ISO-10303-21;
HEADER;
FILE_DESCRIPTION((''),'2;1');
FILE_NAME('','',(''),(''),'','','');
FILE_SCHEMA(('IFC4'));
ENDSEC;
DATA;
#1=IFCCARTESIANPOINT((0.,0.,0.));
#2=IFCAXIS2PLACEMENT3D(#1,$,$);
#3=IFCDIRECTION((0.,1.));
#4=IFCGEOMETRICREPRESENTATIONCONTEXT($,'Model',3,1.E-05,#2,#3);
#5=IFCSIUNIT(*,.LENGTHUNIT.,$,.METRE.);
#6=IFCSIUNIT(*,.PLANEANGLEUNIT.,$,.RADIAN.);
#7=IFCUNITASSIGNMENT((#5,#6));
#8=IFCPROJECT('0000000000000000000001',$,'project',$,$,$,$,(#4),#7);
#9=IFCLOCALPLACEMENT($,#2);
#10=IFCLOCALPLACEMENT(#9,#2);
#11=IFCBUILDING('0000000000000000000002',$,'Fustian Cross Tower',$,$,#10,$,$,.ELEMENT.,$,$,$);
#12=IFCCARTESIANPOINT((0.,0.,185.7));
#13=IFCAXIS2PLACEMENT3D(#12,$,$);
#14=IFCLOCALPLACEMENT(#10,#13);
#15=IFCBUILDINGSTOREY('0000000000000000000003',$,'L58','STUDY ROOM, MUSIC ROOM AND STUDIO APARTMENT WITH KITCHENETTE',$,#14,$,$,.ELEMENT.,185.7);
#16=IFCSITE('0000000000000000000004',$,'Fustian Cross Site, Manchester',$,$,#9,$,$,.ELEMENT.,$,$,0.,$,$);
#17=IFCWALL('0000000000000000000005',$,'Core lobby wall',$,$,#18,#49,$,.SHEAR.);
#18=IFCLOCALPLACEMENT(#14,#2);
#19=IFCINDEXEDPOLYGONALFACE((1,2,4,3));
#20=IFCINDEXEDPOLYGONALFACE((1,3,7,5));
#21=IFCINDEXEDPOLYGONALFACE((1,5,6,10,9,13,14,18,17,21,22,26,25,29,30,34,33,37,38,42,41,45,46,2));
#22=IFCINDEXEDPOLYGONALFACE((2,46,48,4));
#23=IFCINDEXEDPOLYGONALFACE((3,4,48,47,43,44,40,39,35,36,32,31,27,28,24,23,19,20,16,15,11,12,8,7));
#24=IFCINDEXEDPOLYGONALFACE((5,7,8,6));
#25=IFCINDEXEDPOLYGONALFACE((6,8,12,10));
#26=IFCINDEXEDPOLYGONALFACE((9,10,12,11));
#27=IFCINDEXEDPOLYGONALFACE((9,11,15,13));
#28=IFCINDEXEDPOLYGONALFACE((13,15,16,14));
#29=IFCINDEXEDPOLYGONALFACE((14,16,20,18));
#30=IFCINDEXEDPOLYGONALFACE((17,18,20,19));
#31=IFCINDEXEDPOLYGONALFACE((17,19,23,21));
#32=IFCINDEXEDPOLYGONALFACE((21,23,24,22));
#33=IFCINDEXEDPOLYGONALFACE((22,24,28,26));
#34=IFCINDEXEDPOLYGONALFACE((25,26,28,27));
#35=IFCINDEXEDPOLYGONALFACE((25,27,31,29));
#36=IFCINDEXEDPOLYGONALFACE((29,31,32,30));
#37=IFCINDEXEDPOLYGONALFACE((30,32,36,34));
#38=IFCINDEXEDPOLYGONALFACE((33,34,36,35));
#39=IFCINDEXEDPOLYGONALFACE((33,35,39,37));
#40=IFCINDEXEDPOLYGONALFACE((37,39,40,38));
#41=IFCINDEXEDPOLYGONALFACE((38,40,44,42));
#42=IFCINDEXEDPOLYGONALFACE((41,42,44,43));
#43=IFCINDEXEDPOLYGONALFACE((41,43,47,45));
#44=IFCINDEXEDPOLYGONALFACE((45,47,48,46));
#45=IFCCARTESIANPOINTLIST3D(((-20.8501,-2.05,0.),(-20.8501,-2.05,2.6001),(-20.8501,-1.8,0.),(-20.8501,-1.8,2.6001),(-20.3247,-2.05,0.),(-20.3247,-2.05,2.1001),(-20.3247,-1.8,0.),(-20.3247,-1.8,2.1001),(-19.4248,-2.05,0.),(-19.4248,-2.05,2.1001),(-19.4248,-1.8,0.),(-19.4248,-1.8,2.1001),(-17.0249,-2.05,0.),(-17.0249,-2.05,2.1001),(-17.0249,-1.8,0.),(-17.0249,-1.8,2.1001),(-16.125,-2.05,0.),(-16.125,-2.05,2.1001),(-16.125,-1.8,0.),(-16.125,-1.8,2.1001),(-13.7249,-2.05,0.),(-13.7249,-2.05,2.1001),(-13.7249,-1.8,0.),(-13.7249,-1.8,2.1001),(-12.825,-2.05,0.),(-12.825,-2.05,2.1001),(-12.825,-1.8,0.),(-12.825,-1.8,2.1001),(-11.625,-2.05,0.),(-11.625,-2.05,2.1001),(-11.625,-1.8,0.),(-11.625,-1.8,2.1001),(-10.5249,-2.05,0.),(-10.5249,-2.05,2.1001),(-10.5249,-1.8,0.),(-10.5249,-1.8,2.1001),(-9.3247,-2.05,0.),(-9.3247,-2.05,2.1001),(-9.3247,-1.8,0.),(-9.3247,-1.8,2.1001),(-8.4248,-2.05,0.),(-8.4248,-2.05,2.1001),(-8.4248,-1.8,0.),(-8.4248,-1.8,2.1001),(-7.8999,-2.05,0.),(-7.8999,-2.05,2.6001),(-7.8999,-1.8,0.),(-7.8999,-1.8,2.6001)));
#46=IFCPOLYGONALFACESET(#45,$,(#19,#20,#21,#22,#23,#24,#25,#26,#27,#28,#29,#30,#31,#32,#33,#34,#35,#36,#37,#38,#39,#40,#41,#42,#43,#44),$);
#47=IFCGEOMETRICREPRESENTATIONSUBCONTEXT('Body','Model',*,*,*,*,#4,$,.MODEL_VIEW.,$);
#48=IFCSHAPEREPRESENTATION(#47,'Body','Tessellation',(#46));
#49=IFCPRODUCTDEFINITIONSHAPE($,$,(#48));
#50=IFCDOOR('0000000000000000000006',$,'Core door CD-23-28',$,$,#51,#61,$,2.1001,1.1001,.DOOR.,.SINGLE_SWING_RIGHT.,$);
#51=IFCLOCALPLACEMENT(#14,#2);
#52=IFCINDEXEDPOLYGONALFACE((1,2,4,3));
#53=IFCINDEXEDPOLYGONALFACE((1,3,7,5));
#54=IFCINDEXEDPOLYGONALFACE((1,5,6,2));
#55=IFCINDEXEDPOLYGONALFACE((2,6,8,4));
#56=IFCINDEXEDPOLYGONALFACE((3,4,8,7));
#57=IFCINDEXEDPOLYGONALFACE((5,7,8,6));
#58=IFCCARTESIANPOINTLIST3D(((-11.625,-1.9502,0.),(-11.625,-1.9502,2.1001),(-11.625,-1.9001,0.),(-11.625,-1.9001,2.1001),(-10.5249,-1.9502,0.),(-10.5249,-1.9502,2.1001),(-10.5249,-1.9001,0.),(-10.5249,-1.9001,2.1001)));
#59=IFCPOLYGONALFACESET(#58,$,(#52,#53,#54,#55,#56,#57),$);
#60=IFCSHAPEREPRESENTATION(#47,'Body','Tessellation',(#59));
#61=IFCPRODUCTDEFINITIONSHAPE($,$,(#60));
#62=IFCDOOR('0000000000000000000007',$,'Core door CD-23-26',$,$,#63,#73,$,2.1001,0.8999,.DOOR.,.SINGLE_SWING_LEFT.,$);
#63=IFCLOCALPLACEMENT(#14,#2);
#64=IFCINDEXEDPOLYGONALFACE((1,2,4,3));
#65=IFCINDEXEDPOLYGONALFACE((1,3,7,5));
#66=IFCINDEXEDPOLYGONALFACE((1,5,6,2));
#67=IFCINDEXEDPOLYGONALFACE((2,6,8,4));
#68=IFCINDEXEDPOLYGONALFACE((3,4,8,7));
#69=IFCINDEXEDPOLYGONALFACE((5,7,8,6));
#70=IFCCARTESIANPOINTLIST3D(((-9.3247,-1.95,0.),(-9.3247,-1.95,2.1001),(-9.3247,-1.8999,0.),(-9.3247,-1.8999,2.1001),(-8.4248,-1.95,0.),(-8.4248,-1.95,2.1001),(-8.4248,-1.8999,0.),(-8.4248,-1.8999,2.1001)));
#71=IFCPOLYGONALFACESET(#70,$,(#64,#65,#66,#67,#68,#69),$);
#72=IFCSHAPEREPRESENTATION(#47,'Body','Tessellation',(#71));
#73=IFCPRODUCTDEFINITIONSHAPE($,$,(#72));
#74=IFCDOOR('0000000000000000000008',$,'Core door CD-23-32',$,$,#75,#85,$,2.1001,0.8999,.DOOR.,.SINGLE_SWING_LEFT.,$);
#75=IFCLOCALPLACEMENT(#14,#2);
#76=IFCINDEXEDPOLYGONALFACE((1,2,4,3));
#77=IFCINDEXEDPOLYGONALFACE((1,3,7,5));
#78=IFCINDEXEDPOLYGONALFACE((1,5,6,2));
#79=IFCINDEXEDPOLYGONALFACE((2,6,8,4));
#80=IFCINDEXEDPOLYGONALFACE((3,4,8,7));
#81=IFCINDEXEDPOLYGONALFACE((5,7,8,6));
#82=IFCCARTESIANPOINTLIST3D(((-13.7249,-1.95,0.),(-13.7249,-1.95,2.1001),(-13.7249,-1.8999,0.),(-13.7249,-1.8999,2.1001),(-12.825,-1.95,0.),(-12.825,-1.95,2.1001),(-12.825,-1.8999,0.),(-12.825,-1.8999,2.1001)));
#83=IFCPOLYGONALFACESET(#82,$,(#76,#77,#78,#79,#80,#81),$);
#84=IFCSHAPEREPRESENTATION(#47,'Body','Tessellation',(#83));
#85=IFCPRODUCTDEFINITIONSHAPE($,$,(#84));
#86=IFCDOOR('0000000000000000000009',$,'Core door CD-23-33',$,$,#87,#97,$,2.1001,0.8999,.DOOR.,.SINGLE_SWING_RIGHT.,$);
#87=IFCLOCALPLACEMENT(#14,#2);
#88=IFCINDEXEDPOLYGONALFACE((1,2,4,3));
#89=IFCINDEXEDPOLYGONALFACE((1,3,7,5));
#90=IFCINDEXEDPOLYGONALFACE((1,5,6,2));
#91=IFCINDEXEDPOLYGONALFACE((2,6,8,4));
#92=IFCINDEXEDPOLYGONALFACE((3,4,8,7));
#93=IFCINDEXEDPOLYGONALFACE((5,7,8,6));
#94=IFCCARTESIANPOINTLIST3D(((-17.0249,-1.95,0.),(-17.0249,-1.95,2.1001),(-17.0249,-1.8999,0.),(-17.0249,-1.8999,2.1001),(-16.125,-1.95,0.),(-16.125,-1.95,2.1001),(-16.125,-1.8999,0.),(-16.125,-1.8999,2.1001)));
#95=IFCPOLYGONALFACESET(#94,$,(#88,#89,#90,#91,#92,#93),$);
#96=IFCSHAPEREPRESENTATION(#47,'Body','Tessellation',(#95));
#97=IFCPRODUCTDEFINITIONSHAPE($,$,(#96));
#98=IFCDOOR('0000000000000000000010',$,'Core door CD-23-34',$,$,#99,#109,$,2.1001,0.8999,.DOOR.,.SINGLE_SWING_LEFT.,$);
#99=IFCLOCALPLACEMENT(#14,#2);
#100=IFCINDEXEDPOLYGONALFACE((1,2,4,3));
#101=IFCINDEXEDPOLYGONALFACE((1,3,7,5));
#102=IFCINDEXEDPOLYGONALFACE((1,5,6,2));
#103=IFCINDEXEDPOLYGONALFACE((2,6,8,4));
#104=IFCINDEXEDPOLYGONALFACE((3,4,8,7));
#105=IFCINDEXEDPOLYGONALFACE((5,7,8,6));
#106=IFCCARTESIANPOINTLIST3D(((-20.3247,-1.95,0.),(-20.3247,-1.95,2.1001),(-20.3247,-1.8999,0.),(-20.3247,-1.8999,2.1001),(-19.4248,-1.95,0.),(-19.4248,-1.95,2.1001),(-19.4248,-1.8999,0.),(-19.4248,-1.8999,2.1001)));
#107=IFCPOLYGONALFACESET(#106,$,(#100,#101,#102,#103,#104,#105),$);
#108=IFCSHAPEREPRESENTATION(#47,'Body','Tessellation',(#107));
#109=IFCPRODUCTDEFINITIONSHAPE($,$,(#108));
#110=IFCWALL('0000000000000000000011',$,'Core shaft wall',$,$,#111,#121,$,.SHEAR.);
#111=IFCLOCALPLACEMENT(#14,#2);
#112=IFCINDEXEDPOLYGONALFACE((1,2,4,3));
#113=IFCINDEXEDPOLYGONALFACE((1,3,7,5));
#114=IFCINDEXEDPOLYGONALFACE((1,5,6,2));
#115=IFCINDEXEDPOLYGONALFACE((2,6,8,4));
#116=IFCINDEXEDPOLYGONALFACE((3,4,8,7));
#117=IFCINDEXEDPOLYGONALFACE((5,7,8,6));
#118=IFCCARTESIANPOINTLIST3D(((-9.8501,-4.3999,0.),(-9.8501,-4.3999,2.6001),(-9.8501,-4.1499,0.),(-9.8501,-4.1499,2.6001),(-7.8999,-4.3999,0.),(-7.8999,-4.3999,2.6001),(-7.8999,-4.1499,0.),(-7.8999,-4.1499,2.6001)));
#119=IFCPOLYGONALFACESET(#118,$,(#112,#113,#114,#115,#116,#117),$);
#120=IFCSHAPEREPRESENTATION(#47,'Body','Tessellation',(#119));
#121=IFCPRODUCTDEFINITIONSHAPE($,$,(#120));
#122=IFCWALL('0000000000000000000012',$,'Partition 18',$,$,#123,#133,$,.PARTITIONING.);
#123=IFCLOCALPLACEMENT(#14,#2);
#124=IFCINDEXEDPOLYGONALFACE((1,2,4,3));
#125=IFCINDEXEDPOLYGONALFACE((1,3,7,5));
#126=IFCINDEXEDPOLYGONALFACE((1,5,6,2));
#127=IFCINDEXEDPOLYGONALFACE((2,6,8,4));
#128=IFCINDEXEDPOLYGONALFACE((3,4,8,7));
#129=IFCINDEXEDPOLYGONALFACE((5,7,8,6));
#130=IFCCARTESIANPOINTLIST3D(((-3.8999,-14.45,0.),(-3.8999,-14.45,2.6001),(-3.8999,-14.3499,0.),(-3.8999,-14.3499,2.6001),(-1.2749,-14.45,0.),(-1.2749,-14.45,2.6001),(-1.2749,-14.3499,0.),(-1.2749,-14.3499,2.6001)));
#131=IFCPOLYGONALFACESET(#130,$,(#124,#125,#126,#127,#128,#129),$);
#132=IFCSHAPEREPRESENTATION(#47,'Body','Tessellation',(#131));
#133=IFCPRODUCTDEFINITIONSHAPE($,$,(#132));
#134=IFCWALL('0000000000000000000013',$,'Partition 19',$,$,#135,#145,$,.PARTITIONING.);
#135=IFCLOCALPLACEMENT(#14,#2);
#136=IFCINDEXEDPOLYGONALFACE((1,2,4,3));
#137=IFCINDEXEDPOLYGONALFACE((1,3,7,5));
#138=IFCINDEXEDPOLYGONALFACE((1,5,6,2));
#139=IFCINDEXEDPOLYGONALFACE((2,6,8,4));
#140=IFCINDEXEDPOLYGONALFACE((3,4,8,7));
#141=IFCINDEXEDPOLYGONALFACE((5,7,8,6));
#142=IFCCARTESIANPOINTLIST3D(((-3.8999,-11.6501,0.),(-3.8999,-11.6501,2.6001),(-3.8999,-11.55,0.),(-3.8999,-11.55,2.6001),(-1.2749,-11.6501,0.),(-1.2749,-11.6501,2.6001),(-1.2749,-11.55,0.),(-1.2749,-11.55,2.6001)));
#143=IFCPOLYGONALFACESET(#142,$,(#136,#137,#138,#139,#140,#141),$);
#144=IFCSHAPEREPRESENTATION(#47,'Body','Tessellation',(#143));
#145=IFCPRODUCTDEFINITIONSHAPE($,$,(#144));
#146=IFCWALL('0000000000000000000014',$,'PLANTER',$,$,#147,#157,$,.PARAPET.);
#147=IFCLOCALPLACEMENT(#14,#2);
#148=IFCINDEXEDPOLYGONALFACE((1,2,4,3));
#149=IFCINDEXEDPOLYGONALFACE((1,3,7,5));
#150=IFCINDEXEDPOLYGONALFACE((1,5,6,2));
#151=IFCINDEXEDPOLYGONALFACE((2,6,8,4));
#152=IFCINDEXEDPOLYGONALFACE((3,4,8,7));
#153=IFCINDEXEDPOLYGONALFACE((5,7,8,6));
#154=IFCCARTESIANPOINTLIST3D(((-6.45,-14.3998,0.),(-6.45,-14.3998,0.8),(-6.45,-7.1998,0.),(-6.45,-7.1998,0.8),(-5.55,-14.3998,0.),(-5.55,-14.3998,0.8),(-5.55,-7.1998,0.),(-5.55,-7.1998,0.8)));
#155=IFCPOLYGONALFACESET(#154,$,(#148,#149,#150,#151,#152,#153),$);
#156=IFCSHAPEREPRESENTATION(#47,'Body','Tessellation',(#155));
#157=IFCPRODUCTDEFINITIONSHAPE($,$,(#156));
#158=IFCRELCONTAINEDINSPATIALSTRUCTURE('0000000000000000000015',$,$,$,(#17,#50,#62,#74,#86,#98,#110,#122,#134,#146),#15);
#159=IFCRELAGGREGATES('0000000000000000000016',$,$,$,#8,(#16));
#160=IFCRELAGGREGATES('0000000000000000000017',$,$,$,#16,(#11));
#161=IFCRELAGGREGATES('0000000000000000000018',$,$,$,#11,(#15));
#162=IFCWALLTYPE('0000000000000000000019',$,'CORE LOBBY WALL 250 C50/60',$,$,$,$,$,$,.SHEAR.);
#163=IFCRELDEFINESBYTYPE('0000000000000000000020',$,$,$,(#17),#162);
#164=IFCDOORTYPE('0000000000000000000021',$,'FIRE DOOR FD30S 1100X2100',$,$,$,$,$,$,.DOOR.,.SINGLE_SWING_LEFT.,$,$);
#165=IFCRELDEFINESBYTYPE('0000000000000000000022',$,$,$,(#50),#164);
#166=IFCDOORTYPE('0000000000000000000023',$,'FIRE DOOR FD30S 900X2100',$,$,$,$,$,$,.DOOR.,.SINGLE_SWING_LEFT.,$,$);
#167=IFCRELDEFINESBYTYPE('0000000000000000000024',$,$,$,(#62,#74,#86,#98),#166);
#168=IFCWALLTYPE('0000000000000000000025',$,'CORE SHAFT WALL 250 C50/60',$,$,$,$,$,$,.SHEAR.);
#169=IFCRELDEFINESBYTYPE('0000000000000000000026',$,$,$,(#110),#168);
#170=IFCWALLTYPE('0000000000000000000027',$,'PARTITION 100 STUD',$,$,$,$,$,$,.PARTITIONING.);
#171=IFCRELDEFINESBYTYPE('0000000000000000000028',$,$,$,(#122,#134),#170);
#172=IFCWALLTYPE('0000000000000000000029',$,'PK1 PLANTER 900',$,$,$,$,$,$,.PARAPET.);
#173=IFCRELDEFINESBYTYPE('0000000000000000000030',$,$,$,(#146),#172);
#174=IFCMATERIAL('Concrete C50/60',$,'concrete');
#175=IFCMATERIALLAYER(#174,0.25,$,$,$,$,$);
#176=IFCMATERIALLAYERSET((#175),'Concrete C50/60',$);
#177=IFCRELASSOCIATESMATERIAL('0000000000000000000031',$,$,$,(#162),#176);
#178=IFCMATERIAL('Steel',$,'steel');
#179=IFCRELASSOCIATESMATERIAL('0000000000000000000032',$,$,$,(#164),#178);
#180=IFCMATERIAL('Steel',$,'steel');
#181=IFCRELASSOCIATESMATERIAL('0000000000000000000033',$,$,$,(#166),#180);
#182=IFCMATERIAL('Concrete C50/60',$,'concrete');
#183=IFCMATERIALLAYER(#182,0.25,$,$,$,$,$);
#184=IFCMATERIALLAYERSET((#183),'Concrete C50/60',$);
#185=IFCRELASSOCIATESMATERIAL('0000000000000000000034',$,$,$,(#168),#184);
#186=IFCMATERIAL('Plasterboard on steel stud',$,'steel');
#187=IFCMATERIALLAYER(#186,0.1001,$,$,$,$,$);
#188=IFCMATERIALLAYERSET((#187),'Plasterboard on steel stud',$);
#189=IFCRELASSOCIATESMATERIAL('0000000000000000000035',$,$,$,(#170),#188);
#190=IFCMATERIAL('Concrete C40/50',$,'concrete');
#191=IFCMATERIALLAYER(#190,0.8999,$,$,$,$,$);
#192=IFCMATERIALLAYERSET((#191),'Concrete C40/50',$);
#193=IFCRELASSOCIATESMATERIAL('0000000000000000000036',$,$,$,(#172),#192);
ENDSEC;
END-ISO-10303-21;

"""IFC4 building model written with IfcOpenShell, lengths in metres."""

from ifc_helpers import new_model, si_unit, direction, frame, frame_2d, origin, place, context, subcontext, project, spatial, rectangle, extrude, material, layer, layer_set, type_object, element, fill, save


model = new_model("IFC4")

# Units and contexts
model_context = context("Model", 3, precision=1e-05, world=origin(), true_north=direction((0.0, 1.0)))
body_context = subcontext(model_context, "Body", "Model", "MODEL_VIEW")
ifc_project = project(units=[si_unit("LENGTHUNIT", "METRE"), si_unit("PLANEANGLEUNIT", "RADIAN")], contexts=[model_context])

# Site, building, storey
site_placement = place(None, origin())
site = spatial("IfcSite", under=ifc_project, at=site_placement, Name="Fustian Cross Site, Manchester", CompositionType="ELEMENT", RefElevation=0.0)
building_placement = place(site_placement, origin())
building = spatial("IfcBuilding", under=site, at=building_placement, Name="Fustian Cross Tower", CompositionType="ELEMENT")
storey_placement = place(building_placement, frame((0.0, 0.0, 185.7)))
storey = spatial("IfcBuildingStorey", under=building, at=storey_placement, Name="L58", Description="STUDY ROOM, MUSIC ROOM AND STUDIO APARTMENT WITH KITCHENETTE", CompositionType="ELEMENT", Elevation=185.7)

# Wall, openings, doors
ifc_material_1 = material(Name="Concrete C50/60", Category="concrete")
ifc_layer_1 = layer(ifc_material_1, 0.25)
ifc_layer_set_1 = layer_set([ifc_layer_1], Name="Concrete C50/60")
wall_type_1 = type_object("IfcWallType", Name="CORE LOBBY WALL 250 C50/60", PredefinedType="SHEAR", material=ifc_layer_set_1)
wall_1_placement = place(storey_placement, frame((-7.8999, -1.925, 0.0), z_axis=(0.0, 0.0, 1.0), x_axis=(-1.0, 0.0, 0.0)))
wall_1 = element("IfcWall", 1, at=wall_1_placement, inside=storey, type_object=wall_type_1, Name="Core lobby wall", PredefinedType="SHEAR", context=body_context, shape_type="SweptSolid", body=[
    extrude(rectangle(XDim=12.9502, YDim=0.25, at=frame_2d((6.4751, 0.0))), origin(), (0.0, 0.0, 1.0), 2.6001),
])
opening_1_placement = place(wall_1_placement, frame((0.5249, 0.0, 0.0)))
opening_1 = element("IfcOpeningElement", 2, at=opening_1_placement, cuts=wall_1, PredefinedType="OPENING", context=body_context, shape_type="SweptSolid", body=[
    extrude(rectangle(XDim=0.8999, YDim=2.1001, at=frame_2d((0.45, 1.05))), frame((0.0, 0.135, 0.0), z_axis=(0.0, -1.0, 0.0), x_axis=(1.0, 0.0, 0.0)), (0.0, 0.0, 1.0), 0.27),
])
opening_2_placement = place(wall_1_placement, frame((2.625, 0.0, 0.0)))
opening_2 = element("IfcOpeningElement", 3, at=opening_2_placement, cuts=wall_1, PredefinedType="OPENING", context=body_context, shape_type="SweptSolid", body=[
    extrude(rectangle(XDim=1.1001, YDim=2.1001, at=frame_2d((0.55, 1.05))), frame((0.0, 0.135, 0.0), z_axis=(0.0, -1.0, 0.0), x_axis=(1.0, 0.0, 0.0)), (0.0, 0.0, 1.0), 0.27),
])
opening_3_placement = place(wall_1_placement, frame((4.925, 0.0, 0.0)))
opening_3 = element("IfcOpeningElement", 4, at=opening_3_placement, cuts=wall_1, PredefinedType="OPENING", context=body_context, shape_type="SweptSolid", body=[
    extrude(rectangle(XDim=0.8999, YDim=2.1001, at=frame_2d((0.45, 1.05))), frame((0.0, 0.135, 0.0), z_axis=(0.0, -1.0, 0.0), x_axis=(1.0, 0.0, 0.0)), (0.0, 0.0, 1.0), 0.27),
])
opening_4_placement = place(wall_1_placement, frame((8.2251, 0.0, 0.0)))
opening_4 = element("IfcOpeningElement", 5, at=opening_4_placement, cuts=wall_1, PredefinedType="OPENING", context=body_context, shape_type="SweptSolid", body=[
    extrude(rectangle(XDim=0.8999, YDim=2.1001, at=frame_2d((0.45, 1.05))), frame((0.0, 0.135, 0.0), z_axis=(0.0, -1.0, 0.0), x_axis=(1.0, 0.0, 0.0)), (0.0, 0.0, 1.0), 0.27),
])
opening_5_placement = place(wall_1_placement, frame((11.5249, 0.0, 0.0)))
opening_5 = element("IfcOpeningElement", 6, at=opening_5_placement, cuts=wall_1, PredefinedType="OPENING", context=body_context, shape_type="SweptSolid", body=[
    extrude(rectangle(XDim=0.8999, YDim=2.1001, at=frame_2d((0.45, 1.05))), frame((0.0, 0.135, 0.0), z_axis=(0.0, -1.0, 0.0), x_axis=(1.0, 0.0, 0.0)), (0.0, 0.0, 1.0), 0.27),
])
ifc_material_2 = material(Name="Steel", Category="steel")
door_type_1 = type_object("IfcDoorType", Name="FIRE DOOR FD30S 1100X2100", OperationType="SINGLE_SWING_LEFT", PredefinedType="DOOR", material=ifc_material_2)
door_1_placement = place(opening_2_placement, frame((1.1001, 0.0, 0.0), z_axis=(0.0, 0.0, 1.0), x_axis=(-1.0, 0.0, 0.0)))
door_1 = element("IfcDoor", 7, at=door_1_placement, inside=storey, type_object=door_type_1, Name="Core door CD-23-28", OperationType="SINGLE_SWING_RIGHT", OverallHeight=2.1001, OverallWidth=1.1001, PredefinedType="DOOR", context=body_context, shape_type="SweptSolid", body=[
    extrude(rectangle(XDim=1.1001, YDim=2.1001, at=frame_2d((0.55, 1.05))), frame((0.0, 0.0249, 0.0), z_axis=(0.0, -1.0, 0.0), x_axis=(1.0, 0.0, 0.0)), (0.0, 0.0, 1.0), 0.05),
])
fill(opening_2, door_1)
ifc_material_3 = material(Name="Steel", Category="steel")
door_type_2 = type_object("IfcDoorType", Name="FIRE DOOR FD30S 900X2100", OperationType="SINGLE_SWING_LEFT", PredefinedType="DOOR", material=ifc_material_3)
door_2_placement = place(opening_1_placement, origin())
door_2 = element("IfcDoor", 8, at=door_2_placement, inside=storey, type_object=door_type_2, Name="Core door CD-23-26", OperationType="SINGLE_SWING_LEFT", OverallHeight=2.1001, OverallWidth=0.8999, PredefinedType="DOOR", context=body_context, shape_type="SweptSolid", body=[
    extrude(rectangle(XDim=0.8999, YDim=2.1001, at=frame_2d((0.45, 1.05))), frame((0.0, 0.0249, 0.0), z_axis=(0.0, -1.0, 0.0), x_axis=(1.0, 0.0, 0.0)), (0.0, 0.0, 1.0), 0.05),
])
fill(opening_1, door_2)
door_3_placement = place(opening_3_placement, origin())
door_3 = element("IfcDoor", 9, at=door_3_placement, inside=storey, type_object=door_type_2, Name="Core door CD-23-32", OperationType="SINGLE_SWING_LEFT", OverallHeight=2.1001, OverallWidth=0.8999, PredefinedType="DOOR", context=body_context, shape_type="SweptSolid", body=[
    extrude(rectangle(XDim=0.8999, YDim=2.1001, at=frame_2d((0.45, 1.05))), frame((0.0, 0.0249, 0.0), z_axis=(0.0, -1.0, 0.0), x_axis=(1.0, 0.0, 0.0)), (0.0, 0.0, 1.0), 0.05),
])
fill(opening_3, door_3)
door_4_placement = place(opening_4_placement, origin())
door_4 = element("IfcDoor", 10, at=door_4_placement, inside=storey, type_object=door_type_2, Name="Core door CD-23-33", OperationType="SINGLE_SWING_RIGHT", OverallHeight=2.1001, OverallWidth=0.8999, PredefinedType="DOOR", context=body_context, shape_type="SweptSolid", body=[
    extrude(rectangle(XDim=0.8999, YDim=2.1001, at=frame_2d((0.45, 1.05))), frame((0.0, 0.0249, 0.0), z_axis=(0.0, -1.0, 0.0), x_axis=(1.0, 0.0, 0.0)), (0.0, 0.0, 1.0), 0.05),
])
fill(opening_4, door_4)
door_5_placement = place(opening_5_placement, origin())
door_5 = element("IfcDoor", 11, at=door_5_placement, inside=storey, type_object=door_type_2, Name="Core door CD-23-34", OperationType="SINGLE_SWING_LEFT", OverallHeight=2.1001, OverallWidth=0.8999, PredefinedType="DOOR", context=body_context, shape_type="SweptSolid", body=[
    extrude(rectangle(XDim=0.8999, YDim=2.1001, at=frame_2d((0.45, 1.05))), frame((0.0, 0.0249, 0.0), z_axis=(0.0, -1.0, 0.0), x_axis=(1.0, 0.0, 0.0)), (0.0, 0.0, 1.0), 0.05),
])
fill(opening_5, door_5)

# Walls
ifc_material_4 = material(Name="Concrete C50/60", Category="concrete")
ifc_layer_2 = layer(ifc_material_4, 0.25)
ifc_layer_set_2 = layer_set([ifc_layer_2], Name="Concrete C50/60")
wall_type_2 = type_object("IfcWallType", Name="CORE SHAFT WALL 250 C50/60", PredefinedType="SHEAR", material=ifc_layer_set_2)
wall_2_placement = place(storey_placement, frame((-7.8999, -4.2749, 0.0), z_axis=(0.0, 0.0, 1.0), x_axis=(-1.0, 0.0, 0.0)))
element("IfcWall", 12, at=wall_2_placement, inside=storey, type_object=wall_type_2, Name="Core shaft wall", PredefinedType="SHEAR", context=body_context, shape_type="SweptSolid", body=[
    extrude(rectangle(XDim=1.9502, YDim=0.25, at=frame_2d((0.9751, 0.0))), origin(), (0.0, 0.0, 1.0), 2.6001),
])
ifc_material_5 = material(Name="Plasterboard on steel stud", Category="steel")
ifc_layer_3 = layer(ifc_material_5, 0.1001)
ifc_layer_set_3 = layer_set([ifc_layer_3], Name="Plasterboard on steel stud")
wall_type_3 = type_object("IfcWallType", Name="PARTITION 100 STUD", PredefinedType="PARTITIONING", material=ifc_layer_set_3)
for number, where, z_axis, x_axis, name in (
    (13, (-3.8999, -14.3999, 0.0), (0.0, 0.0, 1.0), (1.0, 0.0, 0.0), "Partition 18"),
    (14, (-3.8999, -11.6001, 0.0), (0.0, 0.0, 1.0), (1.0, 0.0, 0.0), "Partition 19"),
):
    element("IfcWall", number, at=place(storey_placement, frame(where, z_axis=z_axis, x_axis=x_axis)), inside=storey, type_object=wall_type_3, Name=name, PredefinedType="PARTITIONING", context=body_context, shape_type="SweptSolid", body=[
        extrude(rectangle(XDim=2.625, YDim=0.1001, at=frame_2d((1.3125, 0.0))), origin(), (0.0, 0.0, 1.0), 2.6001),
    ])
ifc_material_6 = material(Name="Concrete C40/50", Category="concrete")
ifc_layer_4 = layer(ifc_material_6, 0.8999)
ifc_layer_set_4 = layer_set([ifc_layer_4], Name="Concrete C40/50")
wall_type_4 = type_object("IfcWallType", Name="PK1 PLANTER 900", PredefinedType="PARAPET", material=ifc_layer_set_4)
wall_3_placement = place(storey_placement, frame((-6.0, -14.3999, 0.0), z_axis=(0.0, 0.0, 1.0), x_axis=(0.0, 1.0, 0.0)))
element("IfcWall", 15, at=wall_3_placement, inside=storey, type_object=wall_type_4, Name="PLANTER", PredefinedType="PARAPET", context=body_context, shape_type="SweptSolid", body=[
    extrude(rectangle(XDim=7.2, YDim=0.8999, at=frame_2d((3.6001, 0.0))), origin(), (0.0, 0.0, 1.0), 0.8),
])

save(model, "model.ifc")
